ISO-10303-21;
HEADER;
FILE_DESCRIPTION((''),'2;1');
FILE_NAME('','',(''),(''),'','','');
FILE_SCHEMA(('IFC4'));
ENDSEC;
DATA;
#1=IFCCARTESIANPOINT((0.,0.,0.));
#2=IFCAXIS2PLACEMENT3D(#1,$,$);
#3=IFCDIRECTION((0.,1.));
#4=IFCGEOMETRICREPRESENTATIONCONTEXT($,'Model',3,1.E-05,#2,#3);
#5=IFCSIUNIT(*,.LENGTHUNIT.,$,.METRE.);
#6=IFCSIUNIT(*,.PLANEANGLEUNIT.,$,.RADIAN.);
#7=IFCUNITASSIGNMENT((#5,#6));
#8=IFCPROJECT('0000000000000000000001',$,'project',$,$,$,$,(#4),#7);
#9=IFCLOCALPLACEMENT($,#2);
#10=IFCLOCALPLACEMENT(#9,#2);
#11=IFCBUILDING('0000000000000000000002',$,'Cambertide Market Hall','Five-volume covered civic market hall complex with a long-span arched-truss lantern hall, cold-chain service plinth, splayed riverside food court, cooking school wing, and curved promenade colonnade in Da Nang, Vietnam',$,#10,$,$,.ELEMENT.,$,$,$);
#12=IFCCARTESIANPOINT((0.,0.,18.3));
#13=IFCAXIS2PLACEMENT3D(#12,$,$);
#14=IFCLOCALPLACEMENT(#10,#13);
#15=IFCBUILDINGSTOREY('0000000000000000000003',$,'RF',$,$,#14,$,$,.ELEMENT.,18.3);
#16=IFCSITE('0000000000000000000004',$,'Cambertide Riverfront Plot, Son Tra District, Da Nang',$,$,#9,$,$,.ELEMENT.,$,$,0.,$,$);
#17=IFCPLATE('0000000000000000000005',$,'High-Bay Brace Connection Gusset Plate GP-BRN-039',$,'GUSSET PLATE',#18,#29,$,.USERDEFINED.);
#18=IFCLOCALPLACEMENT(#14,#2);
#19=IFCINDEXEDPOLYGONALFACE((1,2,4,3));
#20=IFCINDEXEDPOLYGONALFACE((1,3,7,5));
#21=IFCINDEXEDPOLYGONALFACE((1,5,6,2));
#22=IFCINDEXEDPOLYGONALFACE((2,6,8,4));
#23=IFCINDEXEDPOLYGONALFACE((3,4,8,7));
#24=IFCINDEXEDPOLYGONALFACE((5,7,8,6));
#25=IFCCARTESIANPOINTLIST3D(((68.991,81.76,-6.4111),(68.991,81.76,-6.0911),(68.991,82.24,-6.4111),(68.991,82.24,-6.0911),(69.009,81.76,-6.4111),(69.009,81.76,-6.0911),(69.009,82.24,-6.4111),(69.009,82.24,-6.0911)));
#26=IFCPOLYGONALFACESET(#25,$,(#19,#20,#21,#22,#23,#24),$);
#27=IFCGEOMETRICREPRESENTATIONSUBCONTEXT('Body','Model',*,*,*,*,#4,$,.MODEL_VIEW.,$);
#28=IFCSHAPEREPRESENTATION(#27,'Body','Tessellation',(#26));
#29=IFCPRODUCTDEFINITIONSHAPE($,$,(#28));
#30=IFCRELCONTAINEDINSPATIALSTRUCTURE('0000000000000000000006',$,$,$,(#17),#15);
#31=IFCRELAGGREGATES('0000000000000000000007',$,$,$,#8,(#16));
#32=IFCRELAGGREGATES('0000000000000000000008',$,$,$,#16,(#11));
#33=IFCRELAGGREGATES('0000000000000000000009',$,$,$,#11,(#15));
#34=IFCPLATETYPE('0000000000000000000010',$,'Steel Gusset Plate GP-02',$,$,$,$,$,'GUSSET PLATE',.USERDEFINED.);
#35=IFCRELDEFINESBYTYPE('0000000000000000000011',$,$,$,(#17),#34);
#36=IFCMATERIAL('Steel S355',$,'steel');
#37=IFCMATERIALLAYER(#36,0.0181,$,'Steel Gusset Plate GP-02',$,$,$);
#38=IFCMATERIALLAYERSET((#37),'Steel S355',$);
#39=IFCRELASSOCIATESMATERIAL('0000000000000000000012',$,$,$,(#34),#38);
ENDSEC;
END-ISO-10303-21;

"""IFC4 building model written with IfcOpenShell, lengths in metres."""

from ifc_helpers import new_model, si_unit, direction, frame, origin, origin_2d, place, context, subcontext, project, spatial, rectangle, extrude, material, layer, layer_set, type_object, element, save


model = new_model("IFC4")

# Units and contexts
model_context = context("Model", 3, precision=1e-05, world=origin(), true_north=direction((0.0, 1.0)))
body_context = subcontext(model_context, "Body", "Model", "MODEL_VIEW")
ifc_project = project(units=[si_unit("LENGTHUNIT", "METRE"), si_unit("PLANEANGLEUNIT", "RADIAN")], contexts=[model_context])

# Site, building, storey
site_placement = place(None, origin())
site = spatial("IfcSite", under=ifc_project, at=site_placement, Name="Cambertide Riverfront Plot, Son Tra District, Da Nang", CompositionType="ELEMENT", RefElevation=0.0)
building_placement = place(site_placement, origin())
building = spatial("IfcBuilding", under=site, at=building_placement, Name="Cambertide Market Hall", Description="Five-volume covered civic market hall complex with a long-span arched-truss lantern hall, cold-chain service plinth, splayed riverside food court, cooking school wing, and curved promenade colonnade in Da Nang, Vietnam", CompositionType="ELEMENT")
storey_placement = place(building_placement, frame((0.0, 0.0, 18.3)))
storey = spatial("IfcBuildingStorey", under=building, at=storey_placement, Name="RF", CompositionType="ELEMENT", Elevation=18.3)

# Plate
ifc_material_1 = material(Name="Steel S355", Category="steel")
ifc_layer_1 = layer(ifc_material_1, 0.0181, Name="Steel Gusset Plate GP-02")
ifc_layer_set_1 = layer_set([ifc_layer_1], Name="Steel S355")
plate_type_1 = type_object("IfcPlateType", Name="Steel Gusset Plate GP-02", ElementType="GUSSET PLATE", PredefinedType="USERDEFINED", material=ifc_layer_set_1)
for number, where, z_axis, x_axis, name in (
    (1, (69.0, 82.0, -6.4111), (0.0, 0.0, 1.0), (0.0, 1.0, 0.0), "High-Bay Brace Connection Gusset Plate GP-BRN-039"),
):
    element("IfcPlate", number, at=place(storey_placement, frame(where, z_axis=z_axis, x_axis=x_axis)), inside=storey, type_object=plate_type_1, Name=name, ObjectType="GUSSET PLATE", PredefinedType="USERDEFINED", context=body_context, shape_type="SweptSolid", body=[
        extrude(rectangle(XDim=0.48, YDim=0.0181, at=origin_2d()), origin(), (0.0, 0.0, 1.0), 0.3201),
    ])

save(model, "model.ifc")
